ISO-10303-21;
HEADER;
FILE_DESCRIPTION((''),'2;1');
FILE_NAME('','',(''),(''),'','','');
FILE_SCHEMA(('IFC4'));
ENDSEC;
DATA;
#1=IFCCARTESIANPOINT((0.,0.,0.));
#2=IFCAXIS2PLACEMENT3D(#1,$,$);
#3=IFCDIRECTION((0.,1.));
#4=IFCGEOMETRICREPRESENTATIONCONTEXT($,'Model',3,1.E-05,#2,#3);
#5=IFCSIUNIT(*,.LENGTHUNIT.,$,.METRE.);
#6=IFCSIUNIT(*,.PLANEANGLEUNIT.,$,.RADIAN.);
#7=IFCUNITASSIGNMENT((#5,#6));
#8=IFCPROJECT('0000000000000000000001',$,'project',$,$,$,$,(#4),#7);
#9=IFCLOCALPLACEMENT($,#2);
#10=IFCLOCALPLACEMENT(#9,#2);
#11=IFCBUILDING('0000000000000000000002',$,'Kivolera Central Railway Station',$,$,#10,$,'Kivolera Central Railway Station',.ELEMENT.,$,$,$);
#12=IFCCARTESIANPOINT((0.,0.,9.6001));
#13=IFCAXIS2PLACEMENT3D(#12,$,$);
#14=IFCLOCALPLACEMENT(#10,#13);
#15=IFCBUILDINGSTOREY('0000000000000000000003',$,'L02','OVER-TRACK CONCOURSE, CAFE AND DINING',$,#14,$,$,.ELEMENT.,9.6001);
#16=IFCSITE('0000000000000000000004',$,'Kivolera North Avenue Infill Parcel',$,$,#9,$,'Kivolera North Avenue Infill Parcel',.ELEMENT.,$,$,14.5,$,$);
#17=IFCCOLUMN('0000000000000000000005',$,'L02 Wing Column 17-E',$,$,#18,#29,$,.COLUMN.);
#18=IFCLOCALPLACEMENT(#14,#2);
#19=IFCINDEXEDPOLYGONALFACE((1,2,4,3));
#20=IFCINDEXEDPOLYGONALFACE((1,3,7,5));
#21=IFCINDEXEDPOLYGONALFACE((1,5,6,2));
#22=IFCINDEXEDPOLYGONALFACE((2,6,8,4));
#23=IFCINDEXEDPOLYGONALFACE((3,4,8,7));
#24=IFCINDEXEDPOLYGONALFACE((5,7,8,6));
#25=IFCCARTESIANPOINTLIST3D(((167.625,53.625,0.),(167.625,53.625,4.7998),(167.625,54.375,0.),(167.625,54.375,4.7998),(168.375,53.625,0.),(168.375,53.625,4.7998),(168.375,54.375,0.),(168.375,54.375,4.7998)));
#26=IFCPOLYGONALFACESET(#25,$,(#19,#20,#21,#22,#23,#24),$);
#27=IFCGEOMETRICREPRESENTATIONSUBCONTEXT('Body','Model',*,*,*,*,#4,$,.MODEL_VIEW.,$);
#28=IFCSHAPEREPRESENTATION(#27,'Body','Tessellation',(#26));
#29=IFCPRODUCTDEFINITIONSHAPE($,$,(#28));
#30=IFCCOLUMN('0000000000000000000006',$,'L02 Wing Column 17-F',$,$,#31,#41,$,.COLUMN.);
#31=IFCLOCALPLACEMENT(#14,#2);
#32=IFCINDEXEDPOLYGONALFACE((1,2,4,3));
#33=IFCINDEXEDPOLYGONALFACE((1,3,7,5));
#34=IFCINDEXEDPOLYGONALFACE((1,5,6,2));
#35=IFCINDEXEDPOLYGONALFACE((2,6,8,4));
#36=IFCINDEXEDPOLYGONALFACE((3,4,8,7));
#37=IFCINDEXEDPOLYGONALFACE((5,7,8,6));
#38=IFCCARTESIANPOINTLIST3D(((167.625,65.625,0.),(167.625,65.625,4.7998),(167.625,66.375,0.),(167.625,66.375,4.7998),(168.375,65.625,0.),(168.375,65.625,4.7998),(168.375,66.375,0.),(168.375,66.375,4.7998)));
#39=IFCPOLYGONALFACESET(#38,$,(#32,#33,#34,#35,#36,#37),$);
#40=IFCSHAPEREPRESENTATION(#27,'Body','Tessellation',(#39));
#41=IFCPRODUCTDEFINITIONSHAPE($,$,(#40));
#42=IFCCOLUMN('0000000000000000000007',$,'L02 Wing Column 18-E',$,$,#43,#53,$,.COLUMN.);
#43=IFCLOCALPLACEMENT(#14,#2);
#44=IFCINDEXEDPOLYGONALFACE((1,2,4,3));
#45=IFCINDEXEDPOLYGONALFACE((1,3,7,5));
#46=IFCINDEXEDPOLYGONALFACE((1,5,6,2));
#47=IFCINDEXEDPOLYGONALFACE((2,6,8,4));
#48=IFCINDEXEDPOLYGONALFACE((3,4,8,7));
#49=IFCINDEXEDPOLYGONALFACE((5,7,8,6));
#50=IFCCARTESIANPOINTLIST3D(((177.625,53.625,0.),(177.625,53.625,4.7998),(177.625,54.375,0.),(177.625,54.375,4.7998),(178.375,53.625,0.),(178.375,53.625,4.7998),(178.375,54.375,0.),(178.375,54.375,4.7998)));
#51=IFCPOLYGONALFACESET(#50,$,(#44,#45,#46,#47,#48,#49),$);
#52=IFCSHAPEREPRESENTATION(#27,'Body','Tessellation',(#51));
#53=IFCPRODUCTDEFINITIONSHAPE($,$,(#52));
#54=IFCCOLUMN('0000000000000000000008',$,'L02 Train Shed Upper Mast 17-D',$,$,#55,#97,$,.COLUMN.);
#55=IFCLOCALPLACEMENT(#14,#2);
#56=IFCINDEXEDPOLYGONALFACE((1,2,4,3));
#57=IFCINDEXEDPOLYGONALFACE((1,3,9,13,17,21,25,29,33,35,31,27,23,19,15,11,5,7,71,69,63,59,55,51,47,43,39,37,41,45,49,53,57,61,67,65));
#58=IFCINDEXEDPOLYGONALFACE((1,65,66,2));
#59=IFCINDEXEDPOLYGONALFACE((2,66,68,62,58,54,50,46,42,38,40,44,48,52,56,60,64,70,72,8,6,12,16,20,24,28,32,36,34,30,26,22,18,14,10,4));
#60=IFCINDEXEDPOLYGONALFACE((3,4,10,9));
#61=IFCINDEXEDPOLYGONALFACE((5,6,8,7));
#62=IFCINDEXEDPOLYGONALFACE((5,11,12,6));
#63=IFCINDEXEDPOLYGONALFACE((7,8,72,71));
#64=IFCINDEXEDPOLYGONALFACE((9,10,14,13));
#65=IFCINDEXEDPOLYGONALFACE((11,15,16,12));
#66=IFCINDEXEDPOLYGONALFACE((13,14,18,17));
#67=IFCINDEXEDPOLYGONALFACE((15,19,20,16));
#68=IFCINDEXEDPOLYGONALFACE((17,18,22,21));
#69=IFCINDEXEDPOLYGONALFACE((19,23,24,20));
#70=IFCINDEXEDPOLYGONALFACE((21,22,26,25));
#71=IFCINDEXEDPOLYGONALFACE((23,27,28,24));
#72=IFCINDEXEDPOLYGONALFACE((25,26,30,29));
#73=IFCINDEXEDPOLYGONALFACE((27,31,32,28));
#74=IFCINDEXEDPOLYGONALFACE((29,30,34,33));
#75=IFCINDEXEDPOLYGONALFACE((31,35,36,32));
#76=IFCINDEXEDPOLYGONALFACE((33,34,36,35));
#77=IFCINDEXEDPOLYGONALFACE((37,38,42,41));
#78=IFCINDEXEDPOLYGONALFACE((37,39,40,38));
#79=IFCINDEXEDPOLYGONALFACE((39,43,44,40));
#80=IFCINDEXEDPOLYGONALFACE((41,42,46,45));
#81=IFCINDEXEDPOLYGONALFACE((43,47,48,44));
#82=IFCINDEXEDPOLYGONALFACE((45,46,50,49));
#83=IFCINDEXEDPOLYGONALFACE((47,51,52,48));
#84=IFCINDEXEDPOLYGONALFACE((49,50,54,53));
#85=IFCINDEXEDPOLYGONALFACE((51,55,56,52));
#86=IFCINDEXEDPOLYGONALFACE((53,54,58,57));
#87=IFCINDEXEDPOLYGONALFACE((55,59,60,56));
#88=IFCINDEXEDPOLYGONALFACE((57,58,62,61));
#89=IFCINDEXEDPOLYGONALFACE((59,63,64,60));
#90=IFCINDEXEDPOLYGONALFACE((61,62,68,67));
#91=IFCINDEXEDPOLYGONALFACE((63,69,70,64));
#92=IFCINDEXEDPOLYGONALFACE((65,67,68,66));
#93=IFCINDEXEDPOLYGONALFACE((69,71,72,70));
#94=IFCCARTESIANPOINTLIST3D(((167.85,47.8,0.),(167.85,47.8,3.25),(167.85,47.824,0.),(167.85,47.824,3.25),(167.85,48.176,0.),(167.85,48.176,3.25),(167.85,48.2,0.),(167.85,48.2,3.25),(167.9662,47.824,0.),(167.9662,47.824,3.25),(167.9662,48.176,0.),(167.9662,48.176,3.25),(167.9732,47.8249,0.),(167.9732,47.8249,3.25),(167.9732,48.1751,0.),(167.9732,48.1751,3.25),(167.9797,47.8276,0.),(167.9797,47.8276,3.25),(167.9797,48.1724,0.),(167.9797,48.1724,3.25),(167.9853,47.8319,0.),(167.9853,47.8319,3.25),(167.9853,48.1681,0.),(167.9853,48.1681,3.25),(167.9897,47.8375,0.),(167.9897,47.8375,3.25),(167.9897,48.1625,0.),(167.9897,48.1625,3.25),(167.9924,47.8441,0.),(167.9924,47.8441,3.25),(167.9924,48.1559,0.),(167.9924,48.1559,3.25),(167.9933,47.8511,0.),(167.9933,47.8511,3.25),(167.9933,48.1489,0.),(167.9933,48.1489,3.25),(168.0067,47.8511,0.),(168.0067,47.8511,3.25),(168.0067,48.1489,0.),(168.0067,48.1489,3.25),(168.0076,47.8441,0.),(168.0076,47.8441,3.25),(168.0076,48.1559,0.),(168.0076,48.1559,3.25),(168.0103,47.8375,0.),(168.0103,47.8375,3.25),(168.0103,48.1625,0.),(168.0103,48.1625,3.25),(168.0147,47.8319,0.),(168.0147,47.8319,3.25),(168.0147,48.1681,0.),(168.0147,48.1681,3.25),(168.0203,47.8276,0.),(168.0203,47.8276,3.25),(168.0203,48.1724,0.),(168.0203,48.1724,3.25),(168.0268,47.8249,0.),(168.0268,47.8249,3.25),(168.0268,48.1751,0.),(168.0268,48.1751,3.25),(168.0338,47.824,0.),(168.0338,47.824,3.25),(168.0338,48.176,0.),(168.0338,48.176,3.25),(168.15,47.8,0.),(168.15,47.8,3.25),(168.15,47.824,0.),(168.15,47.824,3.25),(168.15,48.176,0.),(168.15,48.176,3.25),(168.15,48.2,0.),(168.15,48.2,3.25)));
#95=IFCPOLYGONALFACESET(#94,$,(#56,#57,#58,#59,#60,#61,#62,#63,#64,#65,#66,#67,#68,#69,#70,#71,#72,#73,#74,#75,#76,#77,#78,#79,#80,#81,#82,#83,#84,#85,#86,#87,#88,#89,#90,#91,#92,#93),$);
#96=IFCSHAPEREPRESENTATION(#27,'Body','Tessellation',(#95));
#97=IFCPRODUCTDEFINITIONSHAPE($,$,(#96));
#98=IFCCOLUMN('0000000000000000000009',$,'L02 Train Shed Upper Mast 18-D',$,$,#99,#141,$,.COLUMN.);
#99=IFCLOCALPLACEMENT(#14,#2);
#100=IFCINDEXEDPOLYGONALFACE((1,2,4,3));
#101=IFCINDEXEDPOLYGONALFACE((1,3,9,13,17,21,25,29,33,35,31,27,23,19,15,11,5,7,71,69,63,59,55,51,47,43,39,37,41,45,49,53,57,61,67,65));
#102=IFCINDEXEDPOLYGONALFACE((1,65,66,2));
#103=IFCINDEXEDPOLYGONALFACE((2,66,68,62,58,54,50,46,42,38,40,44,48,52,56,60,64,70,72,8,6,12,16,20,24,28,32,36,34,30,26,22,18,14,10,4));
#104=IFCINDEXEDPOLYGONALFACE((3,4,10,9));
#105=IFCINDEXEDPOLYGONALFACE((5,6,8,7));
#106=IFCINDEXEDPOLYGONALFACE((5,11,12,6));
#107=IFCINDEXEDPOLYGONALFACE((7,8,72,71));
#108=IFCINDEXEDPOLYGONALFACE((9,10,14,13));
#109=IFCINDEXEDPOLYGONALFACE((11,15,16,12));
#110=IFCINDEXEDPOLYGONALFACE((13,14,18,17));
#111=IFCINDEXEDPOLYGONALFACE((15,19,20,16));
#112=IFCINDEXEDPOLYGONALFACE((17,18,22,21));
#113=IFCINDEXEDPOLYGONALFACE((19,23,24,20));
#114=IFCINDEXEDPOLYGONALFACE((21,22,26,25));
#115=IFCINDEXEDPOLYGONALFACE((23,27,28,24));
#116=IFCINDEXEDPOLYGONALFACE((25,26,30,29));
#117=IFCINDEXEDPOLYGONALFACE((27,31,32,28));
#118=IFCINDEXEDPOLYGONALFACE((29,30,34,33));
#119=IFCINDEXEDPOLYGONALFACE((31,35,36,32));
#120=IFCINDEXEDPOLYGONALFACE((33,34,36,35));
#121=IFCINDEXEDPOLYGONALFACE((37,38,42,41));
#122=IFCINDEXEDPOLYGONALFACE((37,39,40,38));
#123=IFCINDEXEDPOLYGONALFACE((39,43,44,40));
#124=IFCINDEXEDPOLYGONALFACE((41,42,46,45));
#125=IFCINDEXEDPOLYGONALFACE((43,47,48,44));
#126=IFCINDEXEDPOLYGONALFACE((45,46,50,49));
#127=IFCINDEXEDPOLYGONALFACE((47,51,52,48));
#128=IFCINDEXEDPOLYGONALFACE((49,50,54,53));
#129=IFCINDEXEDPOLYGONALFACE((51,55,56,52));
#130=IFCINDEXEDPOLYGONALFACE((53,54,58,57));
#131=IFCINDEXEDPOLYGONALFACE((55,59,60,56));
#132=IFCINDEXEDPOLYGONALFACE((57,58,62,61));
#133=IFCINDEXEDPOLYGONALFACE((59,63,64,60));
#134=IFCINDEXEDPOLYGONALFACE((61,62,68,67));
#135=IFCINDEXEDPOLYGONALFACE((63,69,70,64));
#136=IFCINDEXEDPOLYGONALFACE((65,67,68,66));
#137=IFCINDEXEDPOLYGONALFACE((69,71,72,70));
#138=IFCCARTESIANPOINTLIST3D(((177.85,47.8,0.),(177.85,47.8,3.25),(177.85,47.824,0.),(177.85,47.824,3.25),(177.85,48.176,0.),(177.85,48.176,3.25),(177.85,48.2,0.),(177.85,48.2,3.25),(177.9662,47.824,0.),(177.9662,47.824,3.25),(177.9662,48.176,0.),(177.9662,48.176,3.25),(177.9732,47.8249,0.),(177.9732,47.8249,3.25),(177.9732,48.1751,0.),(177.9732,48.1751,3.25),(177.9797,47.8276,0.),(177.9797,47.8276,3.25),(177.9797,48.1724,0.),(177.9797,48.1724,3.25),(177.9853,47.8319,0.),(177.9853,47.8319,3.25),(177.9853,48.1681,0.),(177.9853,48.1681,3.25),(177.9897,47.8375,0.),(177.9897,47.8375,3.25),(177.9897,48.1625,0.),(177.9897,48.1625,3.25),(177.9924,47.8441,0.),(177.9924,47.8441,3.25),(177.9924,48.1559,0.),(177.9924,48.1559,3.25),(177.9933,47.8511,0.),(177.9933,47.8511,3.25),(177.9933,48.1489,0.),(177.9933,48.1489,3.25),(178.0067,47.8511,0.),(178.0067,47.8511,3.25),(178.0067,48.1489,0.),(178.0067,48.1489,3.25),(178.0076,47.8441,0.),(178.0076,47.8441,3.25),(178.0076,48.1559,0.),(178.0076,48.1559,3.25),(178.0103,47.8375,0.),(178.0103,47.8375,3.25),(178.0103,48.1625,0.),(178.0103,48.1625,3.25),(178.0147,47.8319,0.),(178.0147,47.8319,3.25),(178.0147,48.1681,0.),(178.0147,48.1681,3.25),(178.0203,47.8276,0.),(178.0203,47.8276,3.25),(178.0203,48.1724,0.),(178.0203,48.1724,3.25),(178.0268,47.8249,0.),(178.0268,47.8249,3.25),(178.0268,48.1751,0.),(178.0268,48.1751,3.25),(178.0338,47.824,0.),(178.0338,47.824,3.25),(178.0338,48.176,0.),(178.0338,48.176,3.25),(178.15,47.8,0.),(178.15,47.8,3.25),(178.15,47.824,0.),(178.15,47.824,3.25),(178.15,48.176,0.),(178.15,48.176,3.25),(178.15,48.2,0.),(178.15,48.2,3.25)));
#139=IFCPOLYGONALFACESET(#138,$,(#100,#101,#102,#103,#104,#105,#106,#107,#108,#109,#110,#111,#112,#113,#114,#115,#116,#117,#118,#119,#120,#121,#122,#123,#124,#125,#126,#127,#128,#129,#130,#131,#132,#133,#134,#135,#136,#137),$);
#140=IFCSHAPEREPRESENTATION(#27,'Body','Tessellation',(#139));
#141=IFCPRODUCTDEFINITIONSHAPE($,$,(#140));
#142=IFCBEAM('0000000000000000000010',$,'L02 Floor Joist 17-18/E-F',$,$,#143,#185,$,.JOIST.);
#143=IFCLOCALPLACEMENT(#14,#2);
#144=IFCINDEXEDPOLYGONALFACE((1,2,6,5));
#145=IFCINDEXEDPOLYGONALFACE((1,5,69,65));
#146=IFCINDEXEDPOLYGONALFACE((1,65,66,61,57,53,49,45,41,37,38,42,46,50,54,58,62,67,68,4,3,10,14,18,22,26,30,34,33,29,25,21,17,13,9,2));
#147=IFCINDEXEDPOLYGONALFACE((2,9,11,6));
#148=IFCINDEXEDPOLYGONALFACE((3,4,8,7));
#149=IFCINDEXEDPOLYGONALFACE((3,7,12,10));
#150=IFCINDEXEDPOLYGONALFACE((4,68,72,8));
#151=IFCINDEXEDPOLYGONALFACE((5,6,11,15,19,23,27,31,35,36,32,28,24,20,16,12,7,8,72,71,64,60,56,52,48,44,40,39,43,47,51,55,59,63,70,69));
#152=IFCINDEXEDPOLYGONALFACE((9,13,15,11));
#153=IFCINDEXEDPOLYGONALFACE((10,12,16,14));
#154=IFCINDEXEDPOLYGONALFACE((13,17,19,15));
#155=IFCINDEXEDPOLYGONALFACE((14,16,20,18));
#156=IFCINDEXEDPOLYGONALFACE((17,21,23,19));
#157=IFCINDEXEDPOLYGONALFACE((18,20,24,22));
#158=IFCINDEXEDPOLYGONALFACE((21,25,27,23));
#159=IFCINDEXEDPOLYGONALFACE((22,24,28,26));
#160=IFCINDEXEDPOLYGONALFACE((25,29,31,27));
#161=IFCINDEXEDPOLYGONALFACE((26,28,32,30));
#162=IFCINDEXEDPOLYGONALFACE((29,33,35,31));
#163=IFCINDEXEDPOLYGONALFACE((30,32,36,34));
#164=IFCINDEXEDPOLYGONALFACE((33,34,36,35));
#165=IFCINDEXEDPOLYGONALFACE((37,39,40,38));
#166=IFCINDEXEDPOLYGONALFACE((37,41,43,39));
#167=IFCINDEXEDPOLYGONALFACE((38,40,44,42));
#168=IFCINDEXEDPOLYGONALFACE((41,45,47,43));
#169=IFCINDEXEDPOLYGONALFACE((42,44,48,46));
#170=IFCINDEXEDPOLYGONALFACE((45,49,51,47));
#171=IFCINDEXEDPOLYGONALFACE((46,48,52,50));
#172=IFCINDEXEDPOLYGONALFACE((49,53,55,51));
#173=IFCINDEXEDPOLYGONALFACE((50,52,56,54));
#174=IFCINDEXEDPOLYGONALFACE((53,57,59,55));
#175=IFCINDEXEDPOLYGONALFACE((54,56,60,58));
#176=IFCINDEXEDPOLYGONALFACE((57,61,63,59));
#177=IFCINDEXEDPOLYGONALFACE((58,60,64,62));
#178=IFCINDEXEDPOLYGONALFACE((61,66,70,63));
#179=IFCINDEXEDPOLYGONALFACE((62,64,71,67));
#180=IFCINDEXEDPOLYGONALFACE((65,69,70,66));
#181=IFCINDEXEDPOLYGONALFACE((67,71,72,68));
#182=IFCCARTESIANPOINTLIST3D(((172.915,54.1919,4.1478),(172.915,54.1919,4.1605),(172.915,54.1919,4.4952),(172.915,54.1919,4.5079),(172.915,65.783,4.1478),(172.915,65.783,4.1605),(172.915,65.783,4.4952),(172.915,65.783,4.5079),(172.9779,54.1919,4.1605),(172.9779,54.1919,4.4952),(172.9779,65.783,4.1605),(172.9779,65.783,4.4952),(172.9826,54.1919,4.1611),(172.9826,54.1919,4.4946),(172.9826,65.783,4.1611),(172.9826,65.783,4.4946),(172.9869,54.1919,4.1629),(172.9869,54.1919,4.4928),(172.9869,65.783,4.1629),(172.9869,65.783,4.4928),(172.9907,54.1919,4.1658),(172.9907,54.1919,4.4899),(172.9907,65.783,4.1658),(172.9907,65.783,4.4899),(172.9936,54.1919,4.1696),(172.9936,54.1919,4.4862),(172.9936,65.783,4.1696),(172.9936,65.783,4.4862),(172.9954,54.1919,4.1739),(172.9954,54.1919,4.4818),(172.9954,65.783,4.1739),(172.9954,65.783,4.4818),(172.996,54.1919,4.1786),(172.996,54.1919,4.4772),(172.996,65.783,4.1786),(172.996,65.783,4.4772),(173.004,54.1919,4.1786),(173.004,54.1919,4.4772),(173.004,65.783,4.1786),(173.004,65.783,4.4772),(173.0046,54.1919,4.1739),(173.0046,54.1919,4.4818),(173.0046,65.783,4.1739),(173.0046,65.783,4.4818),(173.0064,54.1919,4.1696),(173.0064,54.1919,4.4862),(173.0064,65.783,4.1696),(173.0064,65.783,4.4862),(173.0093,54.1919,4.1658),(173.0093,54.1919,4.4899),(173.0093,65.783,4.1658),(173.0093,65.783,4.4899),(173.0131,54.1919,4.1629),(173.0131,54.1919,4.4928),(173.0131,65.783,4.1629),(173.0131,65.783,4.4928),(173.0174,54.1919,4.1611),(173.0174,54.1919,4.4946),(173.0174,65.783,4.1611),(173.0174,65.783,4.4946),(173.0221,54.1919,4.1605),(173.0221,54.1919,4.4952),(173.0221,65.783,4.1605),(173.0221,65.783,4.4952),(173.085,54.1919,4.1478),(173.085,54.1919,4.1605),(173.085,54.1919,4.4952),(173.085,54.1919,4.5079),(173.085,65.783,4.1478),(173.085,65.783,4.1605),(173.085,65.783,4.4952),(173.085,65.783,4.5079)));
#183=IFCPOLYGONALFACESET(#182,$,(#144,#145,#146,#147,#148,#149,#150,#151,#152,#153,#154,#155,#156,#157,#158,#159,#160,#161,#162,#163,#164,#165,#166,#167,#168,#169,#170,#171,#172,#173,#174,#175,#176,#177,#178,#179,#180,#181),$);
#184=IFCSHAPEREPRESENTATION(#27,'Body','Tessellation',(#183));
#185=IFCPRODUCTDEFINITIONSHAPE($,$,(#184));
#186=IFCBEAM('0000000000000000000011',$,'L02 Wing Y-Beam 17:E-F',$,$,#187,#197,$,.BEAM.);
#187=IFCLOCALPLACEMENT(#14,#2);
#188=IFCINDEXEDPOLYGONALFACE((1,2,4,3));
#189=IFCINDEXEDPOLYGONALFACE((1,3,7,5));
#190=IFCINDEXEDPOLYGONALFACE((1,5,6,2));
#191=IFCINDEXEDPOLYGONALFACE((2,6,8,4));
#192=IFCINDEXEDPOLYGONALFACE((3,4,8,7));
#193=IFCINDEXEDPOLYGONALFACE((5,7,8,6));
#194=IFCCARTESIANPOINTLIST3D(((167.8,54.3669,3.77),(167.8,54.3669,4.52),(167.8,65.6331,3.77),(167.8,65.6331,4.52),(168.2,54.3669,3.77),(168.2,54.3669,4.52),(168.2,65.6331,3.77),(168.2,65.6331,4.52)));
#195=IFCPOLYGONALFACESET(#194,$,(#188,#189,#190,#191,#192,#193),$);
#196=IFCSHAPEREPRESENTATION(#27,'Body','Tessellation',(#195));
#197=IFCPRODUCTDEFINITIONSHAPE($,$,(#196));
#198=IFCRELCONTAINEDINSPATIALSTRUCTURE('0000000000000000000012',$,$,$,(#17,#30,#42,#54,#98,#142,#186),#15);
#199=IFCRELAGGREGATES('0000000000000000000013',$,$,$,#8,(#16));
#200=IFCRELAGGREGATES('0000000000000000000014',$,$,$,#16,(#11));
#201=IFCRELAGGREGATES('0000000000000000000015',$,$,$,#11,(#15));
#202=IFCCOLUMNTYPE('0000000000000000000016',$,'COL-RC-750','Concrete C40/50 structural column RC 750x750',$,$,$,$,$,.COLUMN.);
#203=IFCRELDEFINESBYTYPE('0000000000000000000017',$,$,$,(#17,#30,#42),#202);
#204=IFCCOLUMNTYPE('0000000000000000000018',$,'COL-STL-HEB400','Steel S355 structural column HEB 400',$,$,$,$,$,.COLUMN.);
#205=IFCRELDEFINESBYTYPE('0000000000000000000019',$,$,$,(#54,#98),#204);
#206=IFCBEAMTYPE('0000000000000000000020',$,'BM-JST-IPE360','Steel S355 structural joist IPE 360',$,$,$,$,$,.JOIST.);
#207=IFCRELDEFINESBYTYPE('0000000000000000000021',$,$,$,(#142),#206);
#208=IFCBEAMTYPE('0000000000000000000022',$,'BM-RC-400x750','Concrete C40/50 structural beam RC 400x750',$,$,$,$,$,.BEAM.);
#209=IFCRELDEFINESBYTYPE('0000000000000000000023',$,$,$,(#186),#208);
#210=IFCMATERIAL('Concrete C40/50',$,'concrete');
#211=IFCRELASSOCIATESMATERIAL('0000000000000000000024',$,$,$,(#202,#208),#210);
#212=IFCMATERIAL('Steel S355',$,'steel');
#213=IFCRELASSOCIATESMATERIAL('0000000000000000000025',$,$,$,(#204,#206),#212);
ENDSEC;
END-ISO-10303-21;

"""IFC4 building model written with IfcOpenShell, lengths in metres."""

from ifc_helpers import new_model, si_unit, direction, frame, origin, origin_2d, place, context, subcontext, project, spatial, rectangle, i_section, extrude, material, material_profile, profile_set, type_object, element, save


model = new_model("IFC4")

# Units and contexts
model_context = context("Model", 3, precision=1e-05, world=origin(), true_north=direction((0.0, 1.0)))
body_context = subcontext(model_context, "Body", "Model", "MODEL_VIEW")
ifc_project = project(units=[si_unit("LENGTHUNIT", "METRE"), si_unit("PLANEANGLEUNIT", "RADIAN")], contexts=[model_context])

# Site, building, storey
site_placement = place(None, origin())
site = spatial("IfcSite", under=ifc_project, at=site_placement, Name="Kivolera North Avenue Infill Parcel", LongName="Kivolera North Avenue Infill Parcel", CompositionType="ELEMENT", RefElevation=14.5)
building_placement = place(site_placement, origin())
building = spatial("IfcBuilding", under=site, at=building_placement, Name="Kivolera Central Railway Station", LongName="Kivolera Central Railway Station", CompositionType="ELEMENT")
storey_placement = place(building_placement, frame((0.0, 0.0, 9.6001)))
storey = spatial("IfcBuildingStorey", under=building, at=storey_placement, Name="L02", Description="OVER-TRACK CONCOURSE, CAFE AND DINING", CompositionType="ELEMENT", Elevation=9.6001)

# Columns
ifc_material_1 = material(Name="Concrete C40/50", Category="concrete")
ifc_material_profile_1 = material_profile(ifc_material_1, rectangle(XDim=0.75, YDim=0.75, at=origin_2d()), Name="RC 750x750")
ifc_profile_set_1 = profile_set([ifc_material_profile_1], Name="Concrete C40/50")
column_type_1 = type_object("IfcColumnType", Name="COL-RC-750", Description="Concrete C40/50 structural column RC 750x750", PredefinedType="COLUMN", material=ifc_profile_set_1)
for number, where, z_axis, x_axis, name in (
    (1, (168.0, 54.0, 0.0), (0.0, 0.0, 1.0), (1.0, 0.0, 0.0), "L02 Wing Column 17-E"),
    (2, (168.0, 66.0, 0.0), (0.0, 0.0, 1.0), (1.0, 0.0, 0.0), "L02 Wing Column 17-F"),
    (3, (178.0, 54.0, 0.0), (0.0, 0.0, 1.0), (1.0, 0.0, 0.0), "L02 Wing Column 18-E"),
):
    element("IfcColumn", number, at=place(storey_placement, frame(where, z_axis=z_axis, x_axis=x_axis)), inside=storey, type_object=column_type_1, Name=name, PredefinedType="COLUMN", context=body_context, shape_type="SweptSolid", body=[
        extrude(rectangle(XDim=0.75, YDim=0.75, at=origin_2d()), origin(), (0.0, 0.0, 1.0), 4.7998),
    ])
ifc_material_2 = material(Name="Steel S355", Category="steel")
ifc_material_profile_2 = material_profile(ifc_material_2, i_section(OverallWidth=0.3, OverallDepth=0.3999, WebThickness=0.0134, FlangeThickness=0.0239, FilletRadius=0.0271, at=origin_2d()), Name="HEB 400")
ifc_profile_set_2 = profile_set([ifc_material_profile_2], Name="Steel S355")
column_type_2 = type_object("IfcColumnType", Name="COL-STL-HEB400", Description="Steel S355 structural column HEB 400", PredefinedType="COLUMN", material=ifc_profile_set_2)
for number, where, z_axis, x_axis, name in (
    (4, (168.0, 48.0, 0.0), (0.0, 0.0, 1.0), (1.0, 0.0, 0.0), "L02 Train Shed Upper Mast 17-D"),
    (5, (178.0, 48.0, 0.0), (0.0, 0.0, 1.0), (1.0, 0.0, 0.0), "L02 Train Shed Upper Mast 18-D"),
):
    element("IfcColumn", number, at=place(storey_placement, frame(where, z_axis=z_axis, x_axis=x_axis)), inside=storey, type_object=column_type_2, Name=name, PredefinedType="COLUMN", context=body_context, shape_type="SweptSolid", body=[
        extrude(i_section(OverallWidth=0.3, OverallDepth=0.3999, WebThickness=0.0134, FlangeThickness=0.0239, FilletRadius=0.0271, at=origin_2d()), origin(), (0.0, 0.0, 1.0), 3.25),
    ])

# Beams
ifc_material_profile_3 = material_profile(ifc_material_2, i_section(OverallWidth=0.1699, OverallDepth=0.3601, WebThickness=0.0081, FlangeThickness=0.0127, FilletRadius=0.0181, at=origin_2d()), Name="IPE 360")
ifc_profile_set_3 = profile_set([ifc_material_profile_3], Name="Steel S355")
beam_type_1 = type_object("IfcBeamType", Name="BM-JST-IPE360", Description="Steel S355 structural joist IPE 360", PredefinedType="JOIST", material=ifc_profile_set_3)
beam_1_placement = place(storey_placement, frame((173.0, 54.1919, 4.3279), z_axis=(0.0, 1.0, 0.0), x_axis=(-1.0, 0.0, 0.0)))
element("IfcBeam", 6, at=beam_1_placement, inside=storey, type_object=beam_type_1, Name="L02 Floor Joist 17-18/E-F", PredefinedType="JOIST", context=body_context, shape_type="SweptSolid", body=[
    extrude(i_section(OverallWidth=0.1699, OverallDepth=0.3601, WebThickness=0.0081, FlangeThickness=0.0127, FilletRadius=0.0181, at=origin_2d()), origin(), (0.0, 0.0, 1.0), 11.5911),
])
ifc_material_profile_4 = material_profile(ifc_material_1, rectangle(XDim=0.3999, YDim=0.75, at=origin_2d()), Name="RC 400x750")
ifc_profile_set_4 = profile_set([ifc_material_profile_4], Name="Concrete C40/50")
beam_type_2 = type_object("IfcBeamType", Name="BM-RC-400x750", Description="Concrete C40/50 structural beam RC 400x750", PredefinedType="BEAM", material=ifc_profile_set_4)
for number, where, z_axis, x_axis, name in (
    (7, (168.0, 54.3669, 4.145), (0.0, 1.0, 0.0), (-1.0, 0.0, 0.0), "L02 Wing Y-Beam 17:E-F"),
):
    element("IfcBeam", number, at=place(storey_placement, frame(where, z_axis=z_axis, x_axis=x_axis)), inside=storey, type_object=beam_type_2, Name=name, PredefinedType="BEAM", context=body_context, shape_type="SweptSolid", body=[
        extrude(rectangle(XDim=0.3999, YDim=0.75, at=origin_2d()), origin(), (0.0, 0.0, 1.0), 11.2661),
    ])

save(model, "model.ifc")
